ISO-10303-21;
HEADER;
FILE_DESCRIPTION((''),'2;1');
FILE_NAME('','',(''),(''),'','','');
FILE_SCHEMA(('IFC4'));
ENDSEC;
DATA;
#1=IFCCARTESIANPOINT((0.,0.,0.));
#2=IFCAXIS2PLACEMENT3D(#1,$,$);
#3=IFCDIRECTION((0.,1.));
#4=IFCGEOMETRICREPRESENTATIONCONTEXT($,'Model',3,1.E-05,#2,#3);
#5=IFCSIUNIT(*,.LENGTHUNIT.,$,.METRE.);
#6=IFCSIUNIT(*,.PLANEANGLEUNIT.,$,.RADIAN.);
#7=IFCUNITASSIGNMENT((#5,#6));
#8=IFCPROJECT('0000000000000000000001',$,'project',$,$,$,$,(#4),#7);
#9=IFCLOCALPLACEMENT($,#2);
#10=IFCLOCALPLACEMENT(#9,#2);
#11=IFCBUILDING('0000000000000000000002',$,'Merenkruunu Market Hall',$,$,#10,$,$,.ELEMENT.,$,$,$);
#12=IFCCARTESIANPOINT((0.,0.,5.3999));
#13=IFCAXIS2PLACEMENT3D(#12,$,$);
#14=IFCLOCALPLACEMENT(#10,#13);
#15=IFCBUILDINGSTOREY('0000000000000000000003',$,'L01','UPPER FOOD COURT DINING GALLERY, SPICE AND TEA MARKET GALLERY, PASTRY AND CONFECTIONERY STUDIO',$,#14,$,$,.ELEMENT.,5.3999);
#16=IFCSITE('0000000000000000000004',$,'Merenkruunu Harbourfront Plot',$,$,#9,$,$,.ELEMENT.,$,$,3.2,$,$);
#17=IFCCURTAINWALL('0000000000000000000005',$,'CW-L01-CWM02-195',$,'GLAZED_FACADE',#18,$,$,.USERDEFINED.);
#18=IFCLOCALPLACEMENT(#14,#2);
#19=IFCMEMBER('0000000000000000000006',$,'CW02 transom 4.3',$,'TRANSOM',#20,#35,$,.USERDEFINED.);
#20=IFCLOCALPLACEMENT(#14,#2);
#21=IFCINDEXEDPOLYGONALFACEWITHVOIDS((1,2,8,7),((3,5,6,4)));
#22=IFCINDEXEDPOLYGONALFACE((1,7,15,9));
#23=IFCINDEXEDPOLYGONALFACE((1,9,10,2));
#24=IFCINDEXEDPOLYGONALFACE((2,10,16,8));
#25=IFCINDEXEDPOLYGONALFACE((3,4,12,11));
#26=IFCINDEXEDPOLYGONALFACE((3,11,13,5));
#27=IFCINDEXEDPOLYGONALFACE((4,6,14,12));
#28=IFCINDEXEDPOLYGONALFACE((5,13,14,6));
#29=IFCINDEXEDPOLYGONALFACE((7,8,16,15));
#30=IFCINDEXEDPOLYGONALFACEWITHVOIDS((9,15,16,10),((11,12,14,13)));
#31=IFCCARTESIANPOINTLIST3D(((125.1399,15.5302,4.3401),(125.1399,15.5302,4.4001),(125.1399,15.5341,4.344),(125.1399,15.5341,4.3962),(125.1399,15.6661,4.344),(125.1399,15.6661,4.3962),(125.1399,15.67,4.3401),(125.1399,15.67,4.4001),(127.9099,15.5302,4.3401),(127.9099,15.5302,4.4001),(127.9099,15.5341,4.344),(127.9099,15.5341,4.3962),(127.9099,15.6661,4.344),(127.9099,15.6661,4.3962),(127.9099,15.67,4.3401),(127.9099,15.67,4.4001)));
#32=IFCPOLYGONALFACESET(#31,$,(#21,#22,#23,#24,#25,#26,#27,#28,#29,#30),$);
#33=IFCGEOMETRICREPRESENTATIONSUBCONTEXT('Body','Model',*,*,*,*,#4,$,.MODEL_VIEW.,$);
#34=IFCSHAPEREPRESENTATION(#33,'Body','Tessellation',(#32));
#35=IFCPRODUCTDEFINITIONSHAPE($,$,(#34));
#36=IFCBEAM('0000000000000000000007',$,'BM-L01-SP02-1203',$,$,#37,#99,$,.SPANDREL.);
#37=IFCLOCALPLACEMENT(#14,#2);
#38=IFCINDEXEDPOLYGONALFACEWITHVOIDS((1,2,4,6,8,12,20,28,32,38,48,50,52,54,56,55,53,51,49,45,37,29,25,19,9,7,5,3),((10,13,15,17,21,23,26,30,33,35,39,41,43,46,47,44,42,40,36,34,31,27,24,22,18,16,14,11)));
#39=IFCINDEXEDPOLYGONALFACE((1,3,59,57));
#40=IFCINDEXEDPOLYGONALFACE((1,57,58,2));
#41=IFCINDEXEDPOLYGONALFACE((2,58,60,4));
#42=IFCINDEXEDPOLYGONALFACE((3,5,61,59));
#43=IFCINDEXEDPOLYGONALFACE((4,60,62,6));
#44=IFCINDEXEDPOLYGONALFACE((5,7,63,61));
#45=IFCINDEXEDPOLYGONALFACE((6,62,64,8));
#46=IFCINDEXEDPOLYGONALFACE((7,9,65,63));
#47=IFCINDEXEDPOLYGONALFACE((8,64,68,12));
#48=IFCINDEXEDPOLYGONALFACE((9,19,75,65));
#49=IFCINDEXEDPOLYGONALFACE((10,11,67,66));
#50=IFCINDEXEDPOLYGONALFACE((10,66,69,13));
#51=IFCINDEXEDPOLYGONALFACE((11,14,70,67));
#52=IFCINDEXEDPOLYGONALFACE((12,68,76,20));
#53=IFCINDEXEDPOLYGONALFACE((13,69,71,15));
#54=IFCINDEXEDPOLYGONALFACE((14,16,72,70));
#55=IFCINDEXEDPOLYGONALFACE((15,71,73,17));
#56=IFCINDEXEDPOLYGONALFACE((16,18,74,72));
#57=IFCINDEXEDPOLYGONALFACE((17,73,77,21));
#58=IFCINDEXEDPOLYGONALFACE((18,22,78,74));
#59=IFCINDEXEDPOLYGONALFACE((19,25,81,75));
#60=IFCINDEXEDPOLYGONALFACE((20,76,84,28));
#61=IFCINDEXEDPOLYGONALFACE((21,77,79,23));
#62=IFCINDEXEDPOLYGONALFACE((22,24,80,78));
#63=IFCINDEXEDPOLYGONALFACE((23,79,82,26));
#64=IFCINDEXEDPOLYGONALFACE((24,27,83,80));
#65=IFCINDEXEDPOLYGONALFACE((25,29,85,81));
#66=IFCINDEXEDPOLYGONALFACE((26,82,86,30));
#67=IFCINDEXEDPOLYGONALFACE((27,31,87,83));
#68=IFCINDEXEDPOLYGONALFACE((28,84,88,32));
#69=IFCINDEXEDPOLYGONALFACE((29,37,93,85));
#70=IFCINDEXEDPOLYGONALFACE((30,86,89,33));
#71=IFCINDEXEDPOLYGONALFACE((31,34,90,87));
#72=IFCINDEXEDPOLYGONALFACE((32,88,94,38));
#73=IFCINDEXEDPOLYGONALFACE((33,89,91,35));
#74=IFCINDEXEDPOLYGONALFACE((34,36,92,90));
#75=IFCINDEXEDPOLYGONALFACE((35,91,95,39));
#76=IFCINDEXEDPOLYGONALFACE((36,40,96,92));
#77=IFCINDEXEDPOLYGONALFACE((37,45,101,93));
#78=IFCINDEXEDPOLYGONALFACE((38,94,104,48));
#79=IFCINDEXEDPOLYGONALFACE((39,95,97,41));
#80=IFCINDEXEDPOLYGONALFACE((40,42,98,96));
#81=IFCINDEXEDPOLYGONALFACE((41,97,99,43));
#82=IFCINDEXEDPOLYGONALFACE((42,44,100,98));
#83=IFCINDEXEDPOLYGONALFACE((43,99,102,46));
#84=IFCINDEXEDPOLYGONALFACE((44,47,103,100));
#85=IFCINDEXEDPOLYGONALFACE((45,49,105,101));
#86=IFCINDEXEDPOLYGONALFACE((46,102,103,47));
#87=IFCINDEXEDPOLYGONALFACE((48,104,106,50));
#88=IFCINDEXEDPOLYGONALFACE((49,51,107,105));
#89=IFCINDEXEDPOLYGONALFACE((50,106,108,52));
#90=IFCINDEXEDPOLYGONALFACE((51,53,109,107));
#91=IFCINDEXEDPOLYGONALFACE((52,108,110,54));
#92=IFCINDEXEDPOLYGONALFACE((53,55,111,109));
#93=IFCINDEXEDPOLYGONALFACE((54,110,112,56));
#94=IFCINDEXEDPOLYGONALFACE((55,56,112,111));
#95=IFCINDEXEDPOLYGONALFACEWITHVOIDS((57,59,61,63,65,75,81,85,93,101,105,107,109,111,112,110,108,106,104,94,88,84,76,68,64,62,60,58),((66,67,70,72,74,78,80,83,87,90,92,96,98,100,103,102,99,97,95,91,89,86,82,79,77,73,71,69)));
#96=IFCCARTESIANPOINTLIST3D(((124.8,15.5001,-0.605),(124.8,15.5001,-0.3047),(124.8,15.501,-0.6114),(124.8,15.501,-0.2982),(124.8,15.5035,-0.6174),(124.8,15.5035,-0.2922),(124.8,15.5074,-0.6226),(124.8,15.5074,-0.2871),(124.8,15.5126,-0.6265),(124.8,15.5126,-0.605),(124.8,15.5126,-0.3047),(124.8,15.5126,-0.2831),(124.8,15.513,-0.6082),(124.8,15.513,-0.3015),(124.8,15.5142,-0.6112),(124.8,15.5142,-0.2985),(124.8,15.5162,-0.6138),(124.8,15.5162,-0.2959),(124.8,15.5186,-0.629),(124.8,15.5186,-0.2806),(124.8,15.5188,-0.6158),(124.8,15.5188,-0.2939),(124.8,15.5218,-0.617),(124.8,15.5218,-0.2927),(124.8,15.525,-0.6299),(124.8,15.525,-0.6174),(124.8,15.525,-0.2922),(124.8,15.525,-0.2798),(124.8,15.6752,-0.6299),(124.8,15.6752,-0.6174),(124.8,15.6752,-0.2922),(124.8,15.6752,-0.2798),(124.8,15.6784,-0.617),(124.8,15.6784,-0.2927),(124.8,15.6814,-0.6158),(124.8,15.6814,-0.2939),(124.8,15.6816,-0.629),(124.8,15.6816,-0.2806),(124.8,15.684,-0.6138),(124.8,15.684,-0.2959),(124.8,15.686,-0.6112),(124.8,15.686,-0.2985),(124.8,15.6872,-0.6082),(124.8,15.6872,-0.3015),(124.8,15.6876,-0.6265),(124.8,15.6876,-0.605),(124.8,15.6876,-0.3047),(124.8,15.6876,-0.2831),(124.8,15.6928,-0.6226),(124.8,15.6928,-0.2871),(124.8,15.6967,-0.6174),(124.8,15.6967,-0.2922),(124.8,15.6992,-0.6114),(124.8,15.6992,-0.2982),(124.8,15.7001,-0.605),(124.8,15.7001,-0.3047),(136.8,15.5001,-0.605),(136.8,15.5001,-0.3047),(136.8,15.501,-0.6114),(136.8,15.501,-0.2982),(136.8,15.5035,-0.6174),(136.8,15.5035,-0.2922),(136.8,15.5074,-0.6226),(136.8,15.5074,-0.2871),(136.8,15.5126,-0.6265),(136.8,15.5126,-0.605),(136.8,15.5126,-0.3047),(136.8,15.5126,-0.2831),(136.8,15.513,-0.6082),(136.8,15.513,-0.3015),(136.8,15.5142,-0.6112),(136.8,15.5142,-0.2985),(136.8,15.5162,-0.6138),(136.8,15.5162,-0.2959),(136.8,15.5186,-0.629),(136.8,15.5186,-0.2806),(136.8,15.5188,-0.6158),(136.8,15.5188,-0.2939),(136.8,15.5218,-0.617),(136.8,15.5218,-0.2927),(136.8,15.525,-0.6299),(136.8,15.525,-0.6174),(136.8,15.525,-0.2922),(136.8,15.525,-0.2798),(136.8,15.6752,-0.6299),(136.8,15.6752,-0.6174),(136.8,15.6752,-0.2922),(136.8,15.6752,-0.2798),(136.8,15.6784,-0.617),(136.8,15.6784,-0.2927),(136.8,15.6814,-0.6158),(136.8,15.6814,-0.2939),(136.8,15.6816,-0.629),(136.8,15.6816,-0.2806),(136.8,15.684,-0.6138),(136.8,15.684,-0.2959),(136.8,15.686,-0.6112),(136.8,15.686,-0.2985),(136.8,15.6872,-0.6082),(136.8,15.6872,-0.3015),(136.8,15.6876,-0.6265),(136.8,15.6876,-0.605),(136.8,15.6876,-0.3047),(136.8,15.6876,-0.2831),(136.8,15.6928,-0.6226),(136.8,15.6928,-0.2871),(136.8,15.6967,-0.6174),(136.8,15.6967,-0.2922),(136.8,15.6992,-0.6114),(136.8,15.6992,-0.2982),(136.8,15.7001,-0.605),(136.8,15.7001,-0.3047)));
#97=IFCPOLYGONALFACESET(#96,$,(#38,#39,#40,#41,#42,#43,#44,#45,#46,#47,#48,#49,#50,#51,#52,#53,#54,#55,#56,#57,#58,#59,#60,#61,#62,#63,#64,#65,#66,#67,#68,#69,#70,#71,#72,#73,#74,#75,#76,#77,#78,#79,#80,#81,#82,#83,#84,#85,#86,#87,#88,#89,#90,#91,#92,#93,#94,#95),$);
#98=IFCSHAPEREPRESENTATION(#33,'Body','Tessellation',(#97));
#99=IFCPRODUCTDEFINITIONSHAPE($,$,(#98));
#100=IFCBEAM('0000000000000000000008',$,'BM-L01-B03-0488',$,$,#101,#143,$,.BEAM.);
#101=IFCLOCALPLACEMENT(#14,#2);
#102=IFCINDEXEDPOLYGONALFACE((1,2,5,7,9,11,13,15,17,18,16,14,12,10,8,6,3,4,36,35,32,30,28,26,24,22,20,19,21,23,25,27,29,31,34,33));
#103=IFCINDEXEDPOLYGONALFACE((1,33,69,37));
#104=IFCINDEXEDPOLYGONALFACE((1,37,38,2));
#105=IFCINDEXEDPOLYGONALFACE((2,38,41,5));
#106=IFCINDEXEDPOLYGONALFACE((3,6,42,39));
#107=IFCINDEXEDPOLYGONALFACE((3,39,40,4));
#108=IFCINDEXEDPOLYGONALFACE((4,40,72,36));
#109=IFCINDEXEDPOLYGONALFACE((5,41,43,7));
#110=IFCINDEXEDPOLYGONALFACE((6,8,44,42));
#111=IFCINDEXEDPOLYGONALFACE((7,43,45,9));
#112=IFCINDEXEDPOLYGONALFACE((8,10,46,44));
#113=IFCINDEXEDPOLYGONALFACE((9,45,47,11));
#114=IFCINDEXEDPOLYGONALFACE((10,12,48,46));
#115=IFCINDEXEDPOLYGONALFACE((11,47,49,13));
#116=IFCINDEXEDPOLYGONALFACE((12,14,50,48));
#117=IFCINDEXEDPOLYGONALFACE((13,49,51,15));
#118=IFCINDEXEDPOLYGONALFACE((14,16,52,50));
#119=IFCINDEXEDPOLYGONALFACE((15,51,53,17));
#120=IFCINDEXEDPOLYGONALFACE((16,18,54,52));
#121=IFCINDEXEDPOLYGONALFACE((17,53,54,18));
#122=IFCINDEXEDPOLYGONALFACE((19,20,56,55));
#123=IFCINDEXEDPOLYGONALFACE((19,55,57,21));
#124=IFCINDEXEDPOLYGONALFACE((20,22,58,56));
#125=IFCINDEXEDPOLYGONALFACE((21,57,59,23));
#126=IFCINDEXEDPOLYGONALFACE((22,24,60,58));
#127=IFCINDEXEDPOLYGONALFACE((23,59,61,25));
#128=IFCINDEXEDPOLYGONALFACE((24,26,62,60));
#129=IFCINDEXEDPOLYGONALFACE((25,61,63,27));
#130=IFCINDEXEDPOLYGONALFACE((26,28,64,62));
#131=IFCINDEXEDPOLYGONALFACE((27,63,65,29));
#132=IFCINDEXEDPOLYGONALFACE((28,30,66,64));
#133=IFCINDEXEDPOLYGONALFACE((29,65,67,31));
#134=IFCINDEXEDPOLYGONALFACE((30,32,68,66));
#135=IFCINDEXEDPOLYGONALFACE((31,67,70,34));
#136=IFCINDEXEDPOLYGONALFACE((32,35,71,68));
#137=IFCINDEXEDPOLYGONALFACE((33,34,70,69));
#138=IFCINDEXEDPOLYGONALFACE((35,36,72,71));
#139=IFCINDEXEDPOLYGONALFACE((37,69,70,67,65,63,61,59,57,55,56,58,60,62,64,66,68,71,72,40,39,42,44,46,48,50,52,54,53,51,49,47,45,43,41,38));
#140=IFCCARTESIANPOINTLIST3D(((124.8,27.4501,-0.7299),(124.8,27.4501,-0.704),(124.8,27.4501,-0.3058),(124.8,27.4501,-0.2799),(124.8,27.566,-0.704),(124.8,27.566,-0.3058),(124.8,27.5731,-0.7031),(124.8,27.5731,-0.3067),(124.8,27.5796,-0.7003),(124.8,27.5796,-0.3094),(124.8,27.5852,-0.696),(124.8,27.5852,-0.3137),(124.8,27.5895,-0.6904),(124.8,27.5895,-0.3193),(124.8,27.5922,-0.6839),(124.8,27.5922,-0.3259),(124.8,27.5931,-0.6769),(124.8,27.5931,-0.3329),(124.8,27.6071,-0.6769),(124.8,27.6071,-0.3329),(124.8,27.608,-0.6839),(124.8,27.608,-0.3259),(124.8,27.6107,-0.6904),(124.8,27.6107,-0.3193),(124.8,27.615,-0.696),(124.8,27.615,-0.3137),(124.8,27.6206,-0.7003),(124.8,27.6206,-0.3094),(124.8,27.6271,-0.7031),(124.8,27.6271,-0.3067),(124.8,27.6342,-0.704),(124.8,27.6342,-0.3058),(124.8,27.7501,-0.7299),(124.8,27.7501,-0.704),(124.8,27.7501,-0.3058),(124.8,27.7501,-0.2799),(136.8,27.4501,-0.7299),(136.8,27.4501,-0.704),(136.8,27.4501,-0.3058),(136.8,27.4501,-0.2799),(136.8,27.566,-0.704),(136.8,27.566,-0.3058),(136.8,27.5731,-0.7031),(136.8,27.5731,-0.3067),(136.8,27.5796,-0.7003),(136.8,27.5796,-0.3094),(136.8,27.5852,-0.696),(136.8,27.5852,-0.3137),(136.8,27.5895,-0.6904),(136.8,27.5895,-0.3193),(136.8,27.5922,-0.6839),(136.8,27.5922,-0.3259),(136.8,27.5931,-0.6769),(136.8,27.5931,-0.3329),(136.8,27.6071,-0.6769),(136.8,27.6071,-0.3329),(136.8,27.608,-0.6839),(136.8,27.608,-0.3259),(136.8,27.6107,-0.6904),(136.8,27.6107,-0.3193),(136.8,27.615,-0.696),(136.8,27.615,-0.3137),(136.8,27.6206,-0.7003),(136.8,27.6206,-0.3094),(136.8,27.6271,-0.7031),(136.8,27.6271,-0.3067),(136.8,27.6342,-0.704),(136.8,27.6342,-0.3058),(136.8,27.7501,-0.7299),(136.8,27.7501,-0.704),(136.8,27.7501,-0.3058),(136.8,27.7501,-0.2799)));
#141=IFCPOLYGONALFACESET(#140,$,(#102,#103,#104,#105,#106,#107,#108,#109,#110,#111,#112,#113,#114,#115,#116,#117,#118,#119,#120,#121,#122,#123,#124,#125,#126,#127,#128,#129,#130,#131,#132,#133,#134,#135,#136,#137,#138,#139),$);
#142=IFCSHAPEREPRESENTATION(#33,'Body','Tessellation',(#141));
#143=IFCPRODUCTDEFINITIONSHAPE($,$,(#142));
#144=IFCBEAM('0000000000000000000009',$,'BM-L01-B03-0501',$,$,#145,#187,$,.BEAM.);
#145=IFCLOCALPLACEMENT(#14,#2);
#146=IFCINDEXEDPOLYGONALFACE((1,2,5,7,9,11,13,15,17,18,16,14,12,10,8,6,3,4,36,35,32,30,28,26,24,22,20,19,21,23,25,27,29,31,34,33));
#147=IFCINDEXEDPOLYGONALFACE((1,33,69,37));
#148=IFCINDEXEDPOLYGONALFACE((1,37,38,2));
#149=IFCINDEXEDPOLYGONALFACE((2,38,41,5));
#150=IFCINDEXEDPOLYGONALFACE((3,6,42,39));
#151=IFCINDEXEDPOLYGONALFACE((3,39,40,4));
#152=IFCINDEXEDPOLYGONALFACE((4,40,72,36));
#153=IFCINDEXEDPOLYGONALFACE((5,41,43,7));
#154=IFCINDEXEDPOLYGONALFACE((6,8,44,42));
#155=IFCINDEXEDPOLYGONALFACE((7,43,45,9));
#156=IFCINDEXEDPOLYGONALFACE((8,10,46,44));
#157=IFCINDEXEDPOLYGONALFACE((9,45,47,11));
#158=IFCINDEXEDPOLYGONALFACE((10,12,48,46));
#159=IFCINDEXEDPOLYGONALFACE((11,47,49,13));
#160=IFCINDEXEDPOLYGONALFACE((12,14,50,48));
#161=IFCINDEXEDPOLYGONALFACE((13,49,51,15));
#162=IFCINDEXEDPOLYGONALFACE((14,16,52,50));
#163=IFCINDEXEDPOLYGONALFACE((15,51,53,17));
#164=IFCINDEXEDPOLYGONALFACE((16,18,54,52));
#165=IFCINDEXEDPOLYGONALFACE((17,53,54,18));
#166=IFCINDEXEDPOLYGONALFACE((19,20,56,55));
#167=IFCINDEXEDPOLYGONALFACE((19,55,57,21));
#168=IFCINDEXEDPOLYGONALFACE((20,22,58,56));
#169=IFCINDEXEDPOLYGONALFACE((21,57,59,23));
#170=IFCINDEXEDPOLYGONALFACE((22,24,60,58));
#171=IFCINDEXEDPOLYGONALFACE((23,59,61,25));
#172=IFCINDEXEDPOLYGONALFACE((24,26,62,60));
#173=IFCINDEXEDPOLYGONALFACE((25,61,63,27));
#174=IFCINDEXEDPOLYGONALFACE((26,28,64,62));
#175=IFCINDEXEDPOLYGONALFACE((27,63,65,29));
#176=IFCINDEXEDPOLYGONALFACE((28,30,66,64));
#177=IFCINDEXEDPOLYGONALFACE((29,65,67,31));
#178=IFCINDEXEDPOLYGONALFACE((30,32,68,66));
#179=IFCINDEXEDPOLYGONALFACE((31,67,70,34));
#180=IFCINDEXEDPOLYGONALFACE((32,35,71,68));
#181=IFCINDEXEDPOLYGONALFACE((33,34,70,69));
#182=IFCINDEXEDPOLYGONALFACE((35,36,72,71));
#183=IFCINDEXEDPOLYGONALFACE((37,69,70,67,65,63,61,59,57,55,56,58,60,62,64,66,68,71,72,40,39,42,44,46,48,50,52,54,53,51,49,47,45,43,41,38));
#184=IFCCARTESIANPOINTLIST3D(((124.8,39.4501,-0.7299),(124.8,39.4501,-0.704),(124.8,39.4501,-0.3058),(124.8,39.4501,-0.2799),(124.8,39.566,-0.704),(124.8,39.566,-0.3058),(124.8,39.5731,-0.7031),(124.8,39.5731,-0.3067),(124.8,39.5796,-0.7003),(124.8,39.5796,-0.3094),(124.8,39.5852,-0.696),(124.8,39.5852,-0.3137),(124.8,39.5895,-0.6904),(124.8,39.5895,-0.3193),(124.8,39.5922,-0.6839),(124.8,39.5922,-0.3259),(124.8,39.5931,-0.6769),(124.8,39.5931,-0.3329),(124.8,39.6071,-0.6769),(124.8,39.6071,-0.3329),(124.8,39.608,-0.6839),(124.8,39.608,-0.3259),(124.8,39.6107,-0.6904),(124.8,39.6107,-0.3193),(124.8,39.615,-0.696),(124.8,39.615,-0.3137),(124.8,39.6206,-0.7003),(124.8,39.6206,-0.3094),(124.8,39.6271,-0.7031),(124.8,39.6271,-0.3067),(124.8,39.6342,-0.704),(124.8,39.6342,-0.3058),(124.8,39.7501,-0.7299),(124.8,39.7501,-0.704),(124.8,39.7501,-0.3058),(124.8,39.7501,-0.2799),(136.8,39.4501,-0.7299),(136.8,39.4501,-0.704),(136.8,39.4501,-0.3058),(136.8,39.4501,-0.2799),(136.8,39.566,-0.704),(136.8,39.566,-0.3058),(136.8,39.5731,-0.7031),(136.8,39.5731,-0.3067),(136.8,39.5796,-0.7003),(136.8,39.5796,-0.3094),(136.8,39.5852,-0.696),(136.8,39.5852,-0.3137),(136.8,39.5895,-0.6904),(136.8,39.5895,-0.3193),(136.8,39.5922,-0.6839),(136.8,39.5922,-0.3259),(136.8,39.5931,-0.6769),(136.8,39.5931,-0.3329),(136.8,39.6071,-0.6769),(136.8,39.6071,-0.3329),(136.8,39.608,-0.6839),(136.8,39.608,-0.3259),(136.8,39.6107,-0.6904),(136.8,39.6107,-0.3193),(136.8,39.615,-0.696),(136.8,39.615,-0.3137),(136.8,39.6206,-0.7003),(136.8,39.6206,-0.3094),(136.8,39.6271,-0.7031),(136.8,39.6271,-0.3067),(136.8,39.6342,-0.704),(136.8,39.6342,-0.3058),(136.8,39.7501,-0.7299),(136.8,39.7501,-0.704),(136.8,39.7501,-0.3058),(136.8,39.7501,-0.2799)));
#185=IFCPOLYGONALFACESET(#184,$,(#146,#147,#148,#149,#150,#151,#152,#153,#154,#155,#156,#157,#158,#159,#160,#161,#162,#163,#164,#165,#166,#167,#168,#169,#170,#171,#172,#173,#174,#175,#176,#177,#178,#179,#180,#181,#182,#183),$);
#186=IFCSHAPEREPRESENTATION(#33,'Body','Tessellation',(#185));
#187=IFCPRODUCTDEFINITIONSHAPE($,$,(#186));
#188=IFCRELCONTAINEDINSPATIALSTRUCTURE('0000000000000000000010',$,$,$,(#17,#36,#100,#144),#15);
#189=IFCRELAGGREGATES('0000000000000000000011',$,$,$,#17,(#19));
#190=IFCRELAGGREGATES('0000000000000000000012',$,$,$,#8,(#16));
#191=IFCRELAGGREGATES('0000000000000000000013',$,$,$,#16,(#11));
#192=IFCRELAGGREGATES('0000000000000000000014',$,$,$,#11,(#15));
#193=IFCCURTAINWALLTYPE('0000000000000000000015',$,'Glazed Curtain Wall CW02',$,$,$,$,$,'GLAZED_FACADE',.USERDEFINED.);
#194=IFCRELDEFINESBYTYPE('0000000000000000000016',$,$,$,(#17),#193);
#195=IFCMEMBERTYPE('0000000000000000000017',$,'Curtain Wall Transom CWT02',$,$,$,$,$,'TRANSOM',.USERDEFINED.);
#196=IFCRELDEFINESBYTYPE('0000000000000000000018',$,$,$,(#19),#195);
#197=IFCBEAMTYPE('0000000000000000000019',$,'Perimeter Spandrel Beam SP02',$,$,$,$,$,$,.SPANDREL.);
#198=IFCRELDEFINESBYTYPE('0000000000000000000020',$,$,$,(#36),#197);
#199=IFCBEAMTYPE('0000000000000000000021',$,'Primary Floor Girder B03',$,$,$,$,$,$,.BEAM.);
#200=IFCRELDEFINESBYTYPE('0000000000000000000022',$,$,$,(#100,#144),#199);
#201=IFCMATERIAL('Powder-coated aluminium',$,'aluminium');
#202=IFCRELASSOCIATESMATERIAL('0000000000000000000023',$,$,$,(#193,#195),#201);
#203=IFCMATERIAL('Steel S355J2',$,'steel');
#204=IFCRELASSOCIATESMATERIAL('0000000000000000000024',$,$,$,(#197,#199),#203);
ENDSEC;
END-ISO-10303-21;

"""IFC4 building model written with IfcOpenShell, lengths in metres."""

from ifc_helpers import new_model, si_unit, direction, frame, origin, origin_2d, place, context, subcontext, project, spatial, hollow_rectangle, i_section, extrude, material, material_profile, profile_set, type_object, element, aggregate, save


model = new_model("IFC4")

# Units and contexts
model_context = context("Model", 3, precision=1e-05, world=origin(), true_north=direction((0.0, 1.0)))
body_context = subcontext(model_context, "Body", "Model", "MODEL_VIEW")
ifc_project = project(units=[si_unit("LENGTHUNIT", "METRE"), si_unit("PLANEANGLEUNIT", "RADIAN")], contexts=[model_context])

# Site, building, storey
site_placement = place(None, origin())
site = spatial("IfcSite", under=ifc_project, at=site_placement, Name="Merenkruunu Harbourfront Plot", CompositionType="ELEMENT", RefElevation=3.2)
building_placement = place(site_placement, origin())
building = spatial("IfcBuilding", under=site, at=building_placement, Name="Merenkruunu Market Hall", CompositionType="ELEMENT")
storey_placement = place(building_placement, frame((0.0, 0.0, 5.3999)))
storey = spatial("IfcBuildingStorey", under=building, at=storey_placement, Name="L01", Description="UPPER FOOD COURT DINING GALLERY, SPICE AND TEA MARKET GALLERY, PASTRY AND CONFECTIONERY STUDIO", CompositionType="ELEMENT", Elevation=5.3999)

# Shared definitions
ifc_material_1 = material(Name="Steel S355J2", Category="steel")

# Curtain wall, member
ifc_material_2 = material(Name="Powder-coated aluminium", Category="aluminium")
curtain_wall_type = type_object("IfcCurtainWallType", Name="Glazed Curtain Wall CW02", ElementType="GLAZED_FACADE", PredefinedType="USERDEFINED", material=ifc_material_2)
curtain_wall_placement = place(storey_placement, origin())
curtain_wall = element("IfcCurtainWall", 1, at=curtain_wall_placement, inside=storey, type_object=curtain_wall_type, Name="CW-L01-CWM02-195", ObjectType="GLAZED_FACADE", PredefinedType="USERDEFINED")
ifc_material_profile_1 = material_profile(ifc_material_2, hollow_rectangle(XDim=0.0601, YDim=0.1399, WallThickness=0.0039, at=origin_2d()), Name="ALU 60x140x4")
ifc_profile_set_1 = profile_set([ifc_material_profile_1], Name="Powder-coated aluminium")
member_type_1 = type_object("IfcMemberType", Name="Curtain Wall Transom CWT02", ElementType="TRANSOM", PredefinedType="USERDEFINED", material=ifc_profile_set_1)
member_1_placement = place(storey_placement, frame((127.9099, 15.6001, 4.3701), z_axis=(-1.0, 0.0, 0.0), x_axis=(0.0, 0.0, 1.0)))
member_1 = element("IfcMember", 2, at=member_1_placement, type_object=member_type_1, Name="CW02 transom 4.3", ObjectType="TRANSOM", PredefinedType="USERDEFINED", context=body_context, shape_type="SweptSolid", body=[
    extrude(hollow_rectangle(XDim=0.0601, YDim=0.1399, WallThickness=0.0039, at=origin_2d()), origin(), (0.0, 0.0, 1.0), 2.77),
])

# Beams
ifc_material_profile_2 = material_profile(ifc_material_1, hollow_rectangle(XDim=0.2, YDim=0.3501, WallThickness=0.0125, InnerFilletRadius=0.0125, OuterFilletRadius=0.0249, at=origin_2d()), Name="RHS 350x200x12.5")
ifc_profile_set_2 = profile_set([ifc_material_profile_2], Name="Steel S355J2")
beam_type_1 = type_object("IfcBeamType", Name="Perimeter Spandrel Beam SP02", PredefinedType="SPANDREL", material=ifc_profile_set_2)
beam_1_placement = place(storey_placement, frame((124.8, 15.6001, -0.4548), z_axis=(1.0, 0.0, 0.0), x_axis=(0.0, 1.0, 0.0)))
element("IfcBeam", 3, at=beam_1_placement, inside=storey, type_object=beam_type_1, Name="BM-L01-SP02-1203", PredefinedType="SPANDREL", context=body_context, shape_type="SweptSolid", body=[
    extrude(hollow_rectangle(XDim=0.2, YDim=0.3501, WallThickness=0.0125, InnerFilletRadius=0.0125, OuterFilletRadius=0.0249, at=origin_2d()), origin(), (0.0, 0.0, 1.0), 12.0),
])
ifc_material_profile_3 = material_profile(ifc_material_1, i_section(OverallWidth=0.3, OverallDepth=0.45, WebThickness=0.0139, FlangeThickness=0.0259, FilletRadius=0.0271, at=origin_2d()), Name="HEB 450")
ifc_profile_set_3 = profile_set([ifc_material_profile_3], Name="Steel S355J2")
beam_type_2 = type_object("IfcBeamType", Name="Primary Floor Girder B03", PredefinedType="BEAM", material=ifc_profile_set_3)
for number, where, z_axis, x_axis, name in (
    (4, (124.8, 27.6001, -0.5049), (1.0, 0.0, 0.0), (0.0, 1.0, 0.0), "BM-L01-B03-0488"),
    (5, (124.8, 39.6001, -0.5049), (1.0, 0.0, 0.0), (0.0, 1.0, 0.0), "BM-L01-B03-0501"),
):
    element("IfcBeam", number, at=place(storey_placement, frame(where, z_axis=z_axis, x_axis=x_axis)), inside=storey, type_object=beam_type_2, Name=name, PredefinedType="BEAM", context=body_context, shape_type="SweptSolid", body=[
        extrude(i_section(OverallWidth=0.3, OverallDepth=0.45, WebThickness=0.0139, FlangeThickness=0.0259, FilletRadius=0.0271, at=origin_2d()), origin(), (0.0, 0.0, 1.0), 12.0),
    ])

aggregate(curtain_wall, [member_1])

save(model, "model.ifc")
